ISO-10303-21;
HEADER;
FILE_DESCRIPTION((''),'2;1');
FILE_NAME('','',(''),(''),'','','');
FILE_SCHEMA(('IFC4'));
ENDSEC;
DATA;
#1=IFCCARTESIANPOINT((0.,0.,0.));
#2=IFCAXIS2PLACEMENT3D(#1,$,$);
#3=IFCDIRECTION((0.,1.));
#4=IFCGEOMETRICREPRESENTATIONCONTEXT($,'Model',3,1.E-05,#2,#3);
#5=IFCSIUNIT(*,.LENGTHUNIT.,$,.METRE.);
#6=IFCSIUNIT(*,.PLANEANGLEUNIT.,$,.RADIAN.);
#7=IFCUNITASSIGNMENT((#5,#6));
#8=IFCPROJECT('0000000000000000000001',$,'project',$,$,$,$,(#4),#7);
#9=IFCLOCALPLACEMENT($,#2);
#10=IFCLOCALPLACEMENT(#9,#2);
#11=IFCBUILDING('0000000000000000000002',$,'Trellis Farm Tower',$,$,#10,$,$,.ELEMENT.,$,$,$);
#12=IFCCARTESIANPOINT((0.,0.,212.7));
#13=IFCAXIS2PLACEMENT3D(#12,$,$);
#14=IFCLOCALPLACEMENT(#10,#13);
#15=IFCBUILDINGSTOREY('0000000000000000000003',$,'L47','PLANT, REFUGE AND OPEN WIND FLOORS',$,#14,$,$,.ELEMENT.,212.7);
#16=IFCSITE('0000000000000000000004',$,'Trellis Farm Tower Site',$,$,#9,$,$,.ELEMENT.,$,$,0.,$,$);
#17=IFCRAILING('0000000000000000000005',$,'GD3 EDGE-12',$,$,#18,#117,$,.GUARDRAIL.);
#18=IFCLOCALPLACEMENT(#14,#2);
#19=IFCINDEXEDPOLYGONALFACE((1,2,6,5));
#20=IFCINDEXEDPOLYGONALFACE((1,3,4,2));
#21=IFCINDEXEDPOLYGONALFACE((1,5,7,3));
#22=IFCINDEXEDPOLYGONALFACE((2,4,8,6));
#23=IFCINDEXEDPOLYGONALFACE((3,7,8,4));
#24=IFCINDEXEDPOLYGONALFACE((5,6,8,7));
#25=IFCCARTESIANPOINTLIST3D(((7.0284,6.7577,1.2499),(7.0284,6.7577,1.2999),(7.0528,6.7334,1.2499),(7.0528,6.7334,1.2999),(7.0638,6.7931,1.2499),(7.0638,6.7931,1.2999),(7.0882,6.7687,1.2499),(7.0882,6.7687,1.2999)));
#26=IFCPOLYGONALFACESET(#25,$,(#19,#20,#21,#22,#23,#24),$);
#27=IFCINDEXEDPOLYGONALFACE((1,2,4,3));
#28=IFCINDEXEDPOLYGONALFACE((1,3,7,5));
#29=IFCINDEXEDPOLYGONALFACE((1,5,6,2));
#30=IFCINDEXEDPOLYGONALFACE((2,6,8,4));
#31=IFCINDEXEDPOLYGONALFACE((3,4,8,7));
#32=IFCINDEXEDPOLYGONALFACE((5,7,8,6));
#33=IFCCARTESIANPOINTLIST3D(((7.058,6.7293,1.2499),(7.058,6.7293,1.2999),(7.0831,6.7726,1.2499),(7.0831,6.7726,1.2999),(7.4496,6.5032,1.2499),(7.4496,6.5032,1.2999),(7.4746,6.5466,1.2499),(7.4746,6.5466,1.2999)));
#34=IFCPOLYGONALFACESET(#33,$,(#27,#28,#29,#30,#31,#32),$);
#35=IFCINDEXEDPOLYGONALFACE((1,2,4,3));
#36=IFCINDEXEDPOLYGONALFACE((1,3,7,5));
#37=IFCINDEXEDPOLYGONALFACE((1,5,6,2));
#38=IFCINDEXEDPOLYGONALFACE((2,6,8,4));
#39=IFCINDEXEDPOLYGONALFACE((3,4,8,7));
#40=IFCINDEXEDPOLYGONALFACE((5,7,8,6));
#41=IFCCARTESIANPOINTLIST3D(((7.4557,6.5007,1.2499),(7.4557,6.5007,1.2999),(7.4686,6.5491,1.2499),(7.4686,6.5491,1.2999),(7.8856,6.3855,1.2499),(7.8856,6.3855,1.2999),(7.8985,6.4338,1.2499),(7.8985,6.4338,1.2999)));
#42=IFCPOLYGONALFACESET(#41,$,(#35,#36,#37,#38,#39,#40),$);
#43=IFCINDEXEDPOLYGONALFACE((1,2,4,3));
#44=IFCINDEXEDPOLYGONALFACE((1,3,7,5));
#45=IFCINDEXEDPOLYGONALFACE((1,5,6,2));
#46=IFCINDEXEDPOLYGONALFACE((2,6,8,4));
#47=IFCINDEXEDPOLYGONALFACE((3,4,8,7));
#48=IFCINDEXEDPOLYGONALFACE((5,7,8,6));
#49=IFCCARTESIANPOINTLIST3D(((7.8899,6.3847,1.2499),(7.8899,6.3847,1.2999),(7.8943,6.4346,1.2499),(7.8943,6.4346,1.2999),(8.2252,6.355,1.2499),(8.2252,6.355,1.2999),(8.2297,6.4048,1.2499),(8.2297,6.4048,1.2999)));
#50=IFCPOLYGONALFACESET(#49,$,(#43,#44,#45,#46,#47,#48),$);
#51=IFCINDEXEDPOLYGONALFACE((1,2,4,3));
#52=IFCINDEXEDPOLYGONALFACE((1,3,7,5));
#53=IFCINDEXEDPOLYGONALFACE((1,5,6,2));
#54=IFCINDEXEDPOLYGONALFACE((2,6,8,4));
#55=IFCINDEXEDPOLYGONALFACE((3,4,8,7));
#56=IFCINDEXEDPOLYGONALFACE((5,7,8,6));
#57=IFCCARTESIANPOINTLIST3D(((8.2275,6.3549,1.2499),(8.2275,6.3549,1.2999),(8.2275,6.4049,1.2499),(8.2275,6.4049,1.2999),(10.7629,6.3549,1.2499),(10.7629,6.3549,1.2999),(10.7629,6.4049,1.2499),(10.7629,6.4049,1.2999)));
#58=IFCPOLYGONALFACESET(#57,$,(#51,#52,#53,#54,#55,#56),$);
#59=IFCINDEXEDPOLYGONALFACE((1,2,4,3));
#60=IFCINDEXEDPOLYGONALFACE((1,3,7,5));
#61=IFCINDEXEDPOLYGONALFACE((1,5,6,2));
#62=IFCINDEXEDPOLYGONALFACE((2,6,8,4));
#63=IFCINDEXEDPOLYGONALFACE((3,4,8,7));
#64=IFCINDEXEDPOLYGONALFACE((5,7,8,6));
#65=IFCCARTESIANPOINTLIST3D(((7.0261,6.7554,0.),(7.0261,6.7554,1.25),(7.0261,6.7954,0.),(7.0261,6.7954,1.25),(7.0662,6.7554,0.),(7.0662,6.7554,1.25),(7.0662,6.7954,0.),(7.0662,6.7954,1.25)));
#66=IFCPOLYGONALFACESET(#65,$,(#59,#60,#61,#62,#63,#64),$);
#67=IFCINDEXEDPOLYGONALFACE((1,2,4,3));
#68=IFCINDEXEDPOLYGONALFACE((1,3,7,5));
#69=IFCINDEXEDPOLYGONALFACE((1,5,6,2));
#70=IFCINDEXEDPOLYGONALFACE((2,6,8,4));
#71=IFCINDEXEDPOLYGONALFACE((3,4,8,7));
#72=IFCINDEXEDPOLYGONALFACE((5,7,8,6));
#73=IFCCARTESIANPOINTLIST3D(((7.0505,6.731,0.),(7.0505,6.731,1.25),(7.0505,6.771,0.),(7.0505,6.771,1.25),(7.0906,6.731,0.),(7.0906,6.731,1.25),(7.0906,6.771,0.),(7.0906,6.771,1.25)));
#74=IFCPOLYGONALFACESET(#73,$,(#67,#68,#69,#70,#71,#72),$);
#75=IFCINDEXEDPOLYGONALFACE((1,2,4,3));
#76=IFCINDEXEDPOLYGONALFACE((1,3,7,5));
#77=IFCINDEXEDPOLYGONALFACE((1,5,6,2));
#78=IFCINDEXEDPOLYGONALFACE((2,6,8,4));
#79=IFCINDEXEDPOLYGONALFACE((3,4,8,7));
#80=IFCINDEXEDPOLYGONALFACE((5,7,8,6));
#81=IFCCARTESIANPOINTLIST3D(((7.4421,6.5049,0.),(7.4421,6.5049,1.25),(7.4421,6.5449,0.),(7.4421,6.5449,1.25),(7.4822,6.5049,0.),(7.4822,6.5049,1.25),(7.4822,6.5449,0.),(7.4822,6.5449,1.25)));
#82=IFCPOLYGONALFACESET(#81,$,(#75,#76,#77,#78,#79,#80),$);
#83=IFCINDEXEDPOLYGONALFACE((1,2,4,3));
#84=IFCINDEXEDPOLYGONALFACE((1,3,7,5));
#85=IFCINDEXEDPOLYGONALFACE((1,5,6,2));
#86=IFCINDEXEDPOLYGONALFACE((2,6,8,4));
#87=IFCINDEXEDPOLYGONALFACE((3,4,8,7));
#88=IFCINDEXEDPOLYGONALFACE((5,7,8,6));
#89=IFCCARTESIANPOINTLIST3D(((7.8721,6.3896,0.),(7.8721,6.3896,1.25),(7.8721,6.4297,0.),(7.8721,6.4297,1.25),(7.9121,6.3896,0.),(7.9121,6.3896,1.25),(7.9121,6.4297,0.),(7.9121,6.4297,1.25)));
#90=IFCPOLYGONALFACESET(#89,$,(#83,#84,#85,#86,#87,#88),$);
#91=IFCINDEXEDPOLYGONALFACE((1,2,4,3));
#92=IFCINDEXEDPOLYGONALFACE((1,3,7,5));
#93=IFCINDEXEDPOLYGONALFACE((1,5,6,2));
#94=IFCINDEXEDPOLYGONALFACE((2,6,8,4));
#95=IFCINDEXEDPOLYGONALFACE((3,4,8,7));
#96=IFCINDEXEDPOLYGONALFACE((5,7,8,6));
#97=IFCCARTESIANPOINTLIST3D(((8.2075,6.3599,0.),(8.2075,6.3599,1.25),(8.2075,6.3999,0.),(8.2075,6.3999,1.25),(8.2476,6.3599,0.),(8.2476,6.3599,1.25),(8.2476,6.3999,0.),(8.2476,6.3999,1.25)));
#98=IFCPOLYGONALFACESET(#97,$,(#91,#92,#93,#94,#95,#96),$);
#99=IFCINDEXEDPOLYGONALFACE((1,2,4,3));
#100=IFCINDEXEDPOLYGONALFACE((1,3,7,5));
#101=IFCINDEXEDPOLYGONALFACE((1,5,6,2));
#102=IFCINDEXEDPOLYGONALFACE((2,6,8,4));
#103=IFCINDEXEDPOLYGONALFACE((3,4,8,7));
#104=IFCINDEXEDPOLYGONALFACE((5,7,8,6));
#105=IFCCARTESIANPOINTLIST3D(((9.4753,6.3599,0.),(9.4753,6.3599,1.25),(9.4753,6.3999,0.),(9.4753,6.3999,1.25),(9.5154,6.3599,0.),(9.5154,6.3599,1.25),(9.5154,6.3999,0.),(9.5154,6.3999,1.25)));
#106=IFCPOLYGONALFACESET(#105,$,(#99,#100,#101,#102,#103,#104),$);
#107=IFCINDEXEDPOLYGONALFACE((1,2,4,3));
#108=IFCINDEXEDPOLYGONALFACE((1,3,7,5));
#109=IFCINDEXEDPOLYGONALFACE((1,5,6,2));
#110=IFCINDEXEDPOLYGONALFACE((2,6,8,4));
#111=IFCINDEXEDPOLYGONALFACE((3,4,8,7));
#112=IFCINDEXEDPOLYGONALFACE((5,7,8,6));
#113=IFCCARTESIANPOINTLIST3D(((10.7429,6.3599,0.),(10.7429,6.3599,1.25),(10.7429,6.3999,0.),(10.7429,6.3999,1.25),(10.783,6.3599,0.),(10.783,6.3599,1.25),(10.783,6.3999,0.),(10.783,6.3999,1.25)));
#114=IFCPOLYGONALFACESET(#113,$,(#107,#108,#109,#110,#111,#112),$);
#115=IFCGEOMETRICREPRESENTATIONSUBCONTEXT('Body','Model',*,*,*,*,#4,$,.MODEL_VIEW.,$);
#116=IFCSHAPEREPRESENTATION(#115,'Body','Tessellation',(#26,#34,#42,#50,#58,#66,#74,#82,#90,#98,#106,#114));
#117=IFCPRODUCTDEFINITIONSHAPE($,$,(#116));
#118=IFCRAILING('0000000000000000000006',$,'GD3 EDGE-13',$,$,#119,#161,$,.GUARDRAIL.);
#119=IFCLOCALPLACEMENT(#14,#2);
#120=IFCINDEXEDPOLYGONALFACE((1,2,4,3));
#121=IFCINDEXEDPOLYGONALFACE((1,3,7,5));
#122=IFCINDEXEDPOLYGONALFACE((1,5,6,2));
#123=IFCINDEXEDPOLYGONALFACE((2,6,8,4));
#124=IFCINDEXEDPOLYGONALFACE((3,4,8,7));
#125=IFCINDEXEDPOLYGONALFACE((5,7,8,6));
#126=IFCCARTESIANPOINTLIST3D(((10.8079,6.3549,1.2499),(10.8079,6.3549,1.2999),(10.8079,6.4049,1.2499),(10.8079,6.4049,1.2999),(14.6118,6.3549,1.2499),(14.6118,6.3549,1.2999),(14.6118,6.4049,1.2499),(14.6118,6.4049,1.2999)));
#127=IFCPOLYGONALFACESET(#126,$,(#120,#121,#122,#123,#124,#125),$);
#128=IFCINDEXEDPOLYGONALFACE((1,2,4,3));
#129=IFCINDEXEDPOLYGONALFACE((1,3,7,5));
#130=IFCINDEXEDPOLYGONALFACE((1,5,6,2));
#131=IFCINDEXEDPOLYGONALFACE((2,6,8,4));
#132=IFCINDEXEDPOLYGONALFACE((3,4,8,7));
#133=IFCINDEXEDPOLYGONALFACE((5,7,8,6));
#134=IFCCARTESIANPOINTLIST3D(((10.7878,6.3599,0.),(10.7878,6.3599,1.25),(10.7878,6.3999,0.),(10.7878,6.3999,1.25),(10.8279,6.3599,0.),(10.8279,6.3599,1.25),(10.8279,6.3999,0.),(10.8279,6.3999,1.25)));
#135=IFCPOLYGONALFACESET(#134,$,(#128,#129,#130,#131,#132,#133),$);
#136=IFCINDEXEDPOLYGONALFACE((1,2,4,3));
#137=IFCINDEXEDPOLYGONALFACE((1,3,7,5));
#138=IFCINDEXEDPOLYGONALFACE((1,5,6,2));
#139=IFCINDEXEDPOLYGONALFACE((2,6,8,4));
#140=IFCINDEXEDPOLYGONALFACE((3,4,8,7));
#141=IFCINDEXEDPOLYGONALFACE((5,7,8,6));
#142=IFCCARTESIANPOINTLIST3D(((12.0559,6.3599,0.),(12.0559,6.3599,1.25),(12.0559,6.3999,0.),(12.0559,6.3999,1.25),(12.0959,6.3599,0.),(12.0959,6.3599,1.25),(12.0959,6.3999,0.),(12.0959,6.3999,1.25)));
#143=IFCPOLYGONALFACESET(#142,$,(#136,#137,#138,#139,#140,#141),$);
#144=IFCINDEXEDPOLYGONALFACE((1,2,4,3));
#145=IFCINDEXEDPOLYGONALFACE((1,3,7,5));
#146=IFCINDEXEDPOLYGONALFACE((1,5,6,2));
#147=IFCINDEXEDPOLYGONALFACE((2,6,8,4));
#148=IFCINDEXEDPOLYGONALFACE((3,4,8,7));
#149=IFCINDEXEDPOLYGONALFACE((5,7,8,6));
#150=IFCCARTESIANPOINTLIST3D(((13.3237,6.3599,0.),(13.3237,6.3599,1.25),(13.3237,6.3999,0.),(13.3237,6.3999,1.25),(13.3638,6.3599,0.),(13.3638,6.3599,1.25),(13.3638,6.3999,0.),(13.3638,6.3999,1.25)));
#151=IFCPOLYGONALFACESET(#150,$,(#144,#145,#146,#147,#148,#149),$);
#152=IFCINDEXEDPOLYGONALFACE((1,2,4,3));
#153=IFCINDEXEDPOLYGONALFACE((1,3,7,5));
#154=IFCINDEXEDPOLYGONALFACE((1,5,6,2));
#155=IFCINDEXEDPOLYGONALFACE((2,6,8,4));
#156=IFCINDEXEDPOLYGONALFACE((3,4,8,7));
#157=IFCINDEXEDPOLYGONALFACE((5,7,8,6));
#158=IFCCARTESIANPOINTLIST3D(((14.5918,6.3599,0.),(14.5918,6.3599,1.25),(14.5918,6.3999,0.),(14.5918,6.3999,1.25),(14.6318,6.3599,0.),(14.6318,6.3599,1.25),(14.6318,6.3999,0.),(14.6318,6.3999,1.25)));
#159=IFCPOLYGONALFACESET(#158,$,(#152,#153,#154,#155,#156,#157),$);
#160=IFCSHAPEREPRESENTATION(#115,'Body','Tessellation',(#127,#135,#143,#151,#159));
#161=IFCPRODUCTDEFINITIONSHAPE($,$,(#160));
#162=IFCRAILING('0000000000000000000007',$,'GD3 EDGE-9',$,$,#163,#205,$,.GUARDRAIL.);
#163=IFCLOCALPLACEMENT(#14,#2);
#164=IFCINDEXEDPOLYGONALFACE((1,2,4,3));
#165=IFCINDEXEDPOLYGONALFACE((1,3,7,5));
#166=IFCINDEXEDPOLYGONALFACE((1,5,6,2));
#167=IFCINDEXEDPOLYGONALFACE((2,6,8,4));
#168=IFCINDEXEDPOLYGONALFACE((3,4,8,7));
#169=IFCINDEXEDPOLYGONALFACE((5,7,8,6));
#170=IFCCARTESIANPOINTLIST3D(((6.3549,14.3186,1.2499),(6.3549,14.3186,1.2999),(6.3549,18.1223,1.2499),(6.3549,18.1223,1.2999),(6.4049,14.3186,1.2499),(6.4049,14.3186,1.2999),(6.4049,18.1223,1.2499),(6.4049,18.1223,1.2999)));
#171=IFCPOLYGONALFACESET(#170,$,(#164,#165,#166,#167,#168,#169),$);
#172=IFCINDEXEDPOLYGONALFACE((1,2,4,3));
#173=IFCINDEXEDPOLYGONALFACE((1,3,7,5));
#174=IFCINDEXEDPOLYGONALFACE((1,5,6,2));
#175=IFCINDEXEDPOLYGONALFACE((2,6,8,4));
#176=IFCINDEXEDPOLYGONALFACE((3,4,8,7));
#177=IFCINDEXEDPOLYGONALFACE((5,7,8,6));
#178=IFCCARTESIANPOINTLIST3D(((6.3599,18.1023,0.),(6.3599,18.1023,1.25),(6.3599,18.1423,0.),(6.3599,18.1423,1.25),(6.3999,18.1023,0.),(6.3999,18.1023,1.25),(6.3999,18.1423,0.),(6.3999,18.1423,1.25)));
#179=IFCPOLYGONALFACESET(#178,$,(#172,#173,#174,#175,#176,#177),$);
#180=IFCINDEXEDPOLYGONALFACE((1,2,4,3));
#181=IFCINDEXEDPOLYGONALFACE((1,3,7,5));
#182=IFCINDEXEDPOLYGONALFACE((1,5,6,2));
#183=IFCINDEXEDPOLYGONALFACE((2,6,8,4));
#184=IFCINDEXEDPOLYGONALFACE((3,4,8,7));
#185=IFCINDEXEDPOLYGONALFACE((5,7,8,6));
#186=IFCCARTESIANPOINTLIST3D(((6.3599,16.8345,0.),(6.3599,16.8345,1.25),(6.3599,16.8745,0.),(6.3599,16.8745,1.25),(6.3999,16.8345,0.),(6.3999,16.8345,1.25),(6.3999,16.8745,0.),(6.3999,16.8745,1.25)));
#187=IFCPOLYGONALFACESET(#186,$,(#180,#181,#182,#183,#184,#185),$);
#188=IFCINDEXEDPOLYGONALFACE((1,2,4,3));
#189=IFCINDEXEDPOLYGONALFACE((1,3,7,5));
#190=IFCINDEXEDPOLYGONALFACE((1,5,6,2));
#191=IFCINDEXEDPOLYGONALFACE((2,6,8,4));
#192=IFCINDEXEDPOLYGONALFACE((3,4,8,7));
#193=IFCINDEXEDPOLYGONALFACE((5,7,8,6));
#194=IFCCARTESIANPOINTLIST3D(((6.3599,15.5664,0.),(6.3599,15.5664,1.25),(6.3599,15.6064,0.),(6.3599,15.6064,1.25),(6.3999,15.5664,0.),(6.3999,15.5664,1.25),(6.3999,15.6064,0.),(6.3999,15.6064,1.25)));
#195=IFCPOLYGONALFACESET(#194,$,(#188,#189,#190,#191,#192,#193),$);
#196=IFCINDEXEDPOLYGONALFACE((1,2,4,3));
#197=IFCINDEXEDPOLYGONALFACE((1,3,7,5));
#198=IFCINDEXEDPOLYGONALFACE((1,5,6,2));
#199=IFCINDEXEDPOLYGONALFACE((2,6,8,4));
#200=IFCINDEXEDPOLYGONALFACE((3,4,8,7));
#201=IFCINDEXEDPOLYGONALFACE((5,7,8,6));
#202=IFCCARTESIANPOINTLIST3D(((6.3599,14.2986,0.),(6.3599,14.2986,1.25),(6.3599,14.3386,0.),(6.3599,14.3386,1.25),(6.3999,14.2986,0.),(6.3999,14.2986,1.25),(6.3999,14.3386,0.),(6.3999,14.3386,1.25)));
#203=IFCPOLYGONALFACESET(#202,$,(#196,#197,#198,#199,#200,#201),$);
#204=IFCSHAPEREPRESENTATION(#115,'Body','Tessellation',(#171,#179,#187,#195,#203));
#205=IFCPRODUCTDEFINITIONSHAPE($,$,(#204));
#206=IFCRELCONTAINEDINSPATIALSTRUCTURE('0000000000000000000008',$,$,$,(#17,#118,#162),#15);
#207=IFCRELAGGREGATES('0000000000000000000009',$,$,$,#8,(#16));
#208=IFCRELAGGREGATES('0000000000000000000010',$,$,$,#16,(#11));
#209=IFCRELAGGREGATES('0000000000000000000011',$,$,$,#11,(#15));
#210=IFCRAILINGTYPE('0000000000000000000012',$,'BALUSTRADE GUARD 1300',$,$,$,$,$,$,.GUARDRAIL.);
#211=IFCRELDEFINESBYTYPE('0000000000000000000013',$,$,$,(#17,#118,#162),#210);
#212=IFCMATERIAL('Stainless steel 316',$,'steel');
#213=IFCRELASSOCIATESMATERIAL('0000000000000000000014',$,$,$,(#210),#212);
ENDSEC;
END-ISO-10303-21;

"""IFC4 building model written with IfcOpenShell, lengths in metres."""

from ifc_helpers import new_model, si_unit, direction, frame, origin, origin_2d, place, context, subcontext, project, spatial, rectangle, extrude, source, transform, mapped, material, type_object, element, save


model = new_model("IFC4")

# Units and contexts
model_context = context("Model", 3, precision=1e-05, world=origin(), true_north=direction((0.0, 1.0)))
body_context = subcontext(model_context, "Body", "Model", "MODEL_VIEW")
ifc_project = project(units=[si_unit("LENGTHUNIT", "METRE"), si_unit("PLANEANGLEUNIT", "RADIAN")], contexts=[model_context])

# Site, building, storey
site_placement = place(None, origin())
site = spatial("IfcSite", under=ifc_project, at=site_placement, Name="Trellis Farm Tower Site", CompositionType="ELEMENT", RefElevation=0.0)
building_placement = place(site_placement, origin())
building = spatial("IfcBuilding", under=site, at=building_placement, Name="Trellis Farm Tower", CompositionType="ELEMENT")
storey_placement = place(building_placement, frame((0.0, 0.0, 212.7)))
storey = spatial("IfcBuildingStorey", under=building, at=storey_placement, Name="L47", Description="PLANT, REFUGE AND OPEN WIND FLOORS", CompositionType="ELEMENT", Elevation=212.7)

# Railings
ifc_material_1 = material(Name="Stainless steel 316", Category="steel")
railing_type = type_object("IfcRailingType", Name="BALUSTRADE GUARD 1300", PredefinedType="GUARDRAIL", material=ifc_material_1)
railing_1_placement = place(storey_placement, frame((7.0461, 6.7754, 0.0)))
element("IfcRailing", 1, at=railing_1_placement, inside=storey, type_object=railing_type, Name="GD3 EDGE-12", PredefinedType="GUARDRAIL", context=body_context, shape_type="SweptSolid", body=[
    extrude(rectangle(XDim=0.05, YDim=0.05, at=origin_2d()), frame((0.0, 0.0, 1.2749), z_axis=(0.707107, -0.707107, 0.0), x_axis=(0.707107, 0.707107, 0.0)), (0.0, 0.0, 1.0), 0.0344),
    extrude(rectangle(XDim=0.05, YDim=0.05, at=origin_2d()), frame((0.0244, -0.0244, 1.2749), z_axis=(0.866042, -0.499972, 0.0), x_axis=(0.499972, 0.866042, 0.0)), (0.0, 0.0, 1.0), 0.4521),
    extrude(rectangle(XDim=0.05, YDim=0.05, at=origin_2d()), frame((0.416, -0.2505, 1.2749), z_axis=(0.965906, -0.258891, 0.0), x_axis=(0.258891, 0.965906, 0.0)), (0.0, 0.0, 1.0), 0.4451),
    extrude(rectangle(XDim=0.05, YDim=0.05, at=origin_2d()), frame((0.8459, -0.3657, 1.2749), z_axis=(0.996081, -0.088444, 0.0), x_axis=(0.088444, 0.996081, 0.0)), (0.0, 0.0, 1.0), 0.3367),
    extrude(rectangle(XDim=0.05, YDim=0.05, at=origin_2d()), frame((1.1814, -0.3955, 1.2749), z_axis=(1.0, 0.0, 0.0), x_axis=(0.0, 1.0, 0.0)), (0.0, 0.0, 1.0), 2.5354),
    extrude(rectangle(XDim=0.04, YDim=0.04, at=origin_2d()), origin(), (0.0, 0.0, 1.0), 1.25),
    extrude(rectangle(XDim=0.04, YDim=0.04, at=origin_2d()), frame((0.0244, -0.0244, 0.0)), (0.0, 0.0, 1.0), 1.25),
    extrude(rectangle(XDim=0.04, YDim=0.04, at=origin_2d()), frame((0.416, -0.2505, 0.0)), (0.0, 0.0, 1.0), 1.25),
    extrude(rectangle(XDim=0.04, YDim=0.04, at=origin_2d()), frame((0.8459, -0.3657, 0.0)), (0.0, 0.0, 1.0), 1.25),
    extrude(rectangle(XDim=0.04, YDim=0.04, at=origin_2d()), frame((1.1814, -0.3955, 0.0)), (0.0, 0.0, 1.0), 1.25),
    extrude(rectangle(XDim=0.04, YDim=0.04, at=origin_2d()), frame((2.4492, -0.3955, 0.0)), (0.0, 0.0, 1.0), 1.25),
    extrude(rectangle(XDim=0.04, YDim=0.04, at=origin_2d()), frame((3.7168, -0.3955, 0.0)), (0.0, 0.0, 1.0), 1.25),
])
railing_2_placement = place(storey_placement, frame((10.8079, 6.3799, 0.0)))
element("IfcRailing", 2, at=railing_2_placement, inside=storey, type_object=railing_type, Name="GD3 EDGE-13", PredefinedType="GUARDRAIL", context=body_context, shape_type="SweptSolid", body=[
    extrude(rectangle(XDim=0.05, YDim=0.05, at=origin_2d()), frame((0.0, 0.0, 1.2749), z_axis=(1.0, 0.0, 0.0), x_axis=(0.0, 1.0, 0.0)), (0.0, 0.0, 1.0), 3.804),
    extrude(rectangle(XDim=0.04, YDim=0.04, at=origin_2d()), origin(), (0.0, 0.0, 1.0), 1.25),
    extrude(rectangle(XDim=0.04, YDim=0.04, at=origin_2d()), frame((1.2681, 0.0, 0.0)), (0.0, 0.0, 1.0), 1.25),
    extrude(rectangle(XDim=0.04, YDim=0.04, at=origin_2d()), frame((2.5359, 0.0, 0.0)), (0.0, 0.0, 1.0), 1.25),
    extrude(rectangle(XDim=0.04, YDim=0.04, at=origin_2d()), frame((3.804, 0.0, 0.0)), (0.0, 0.0, 1.0), 1.25),
])
shared_shape_1 = source(origin(), body_context, "Body", "SweptSolid", [
    extrude(rectangle(XDim=0.05, YDim=0.05, at=origin_2d()), frame((0.0, 0.0, 1.2749), z_axis=(0.0, -1.0, 0.0), x_axis=(1.0, 0.0, 0.0)), (0.0, 0.0, 1.0), 3.8037),
    extrude(rectangle(XDim=0.04, YDim=0.04, at=origin_2d()), origin(), (0.0, 0.0, 1.0), 1.25),
    extrude(rectangle(XDim=0.04, YDim=0.04, at=origin_2d()), frame((0.0, -1.2678, 0.0)), (0.0, 0.0, 1.0), 1.25),
    extrude(rectangle(XDim=0.04, YDim=0.04, at=origin_2d()), frame((0.0, -2.5359, 0.0)), (0.0, 0.0, 1.0), 1.25),
    extrude(rectangle(XDim=0.04, YDim=0.04, at=origin_2d()), frame((0.0, -3.8037, 0.0)), (0.0, 0.0, 1.0), 1.25),
])
for number, where, name in (
    (3, (6.3799, 18.1223, 0.0), "GD3 EDGE-9"),
):
    element("IfcRailing", number, at=place(storey_placement, frame(where)), inside=storey, type_object=railing_type, Name=name, PredefinedType="GUARDRAIL", context=body_context, shape_type="MappedRepresentation", body=[
        mapped(shared_shape_1, transform((0.0, 0.0, 0.0))),
    ])

save(model, "model.ifc")
